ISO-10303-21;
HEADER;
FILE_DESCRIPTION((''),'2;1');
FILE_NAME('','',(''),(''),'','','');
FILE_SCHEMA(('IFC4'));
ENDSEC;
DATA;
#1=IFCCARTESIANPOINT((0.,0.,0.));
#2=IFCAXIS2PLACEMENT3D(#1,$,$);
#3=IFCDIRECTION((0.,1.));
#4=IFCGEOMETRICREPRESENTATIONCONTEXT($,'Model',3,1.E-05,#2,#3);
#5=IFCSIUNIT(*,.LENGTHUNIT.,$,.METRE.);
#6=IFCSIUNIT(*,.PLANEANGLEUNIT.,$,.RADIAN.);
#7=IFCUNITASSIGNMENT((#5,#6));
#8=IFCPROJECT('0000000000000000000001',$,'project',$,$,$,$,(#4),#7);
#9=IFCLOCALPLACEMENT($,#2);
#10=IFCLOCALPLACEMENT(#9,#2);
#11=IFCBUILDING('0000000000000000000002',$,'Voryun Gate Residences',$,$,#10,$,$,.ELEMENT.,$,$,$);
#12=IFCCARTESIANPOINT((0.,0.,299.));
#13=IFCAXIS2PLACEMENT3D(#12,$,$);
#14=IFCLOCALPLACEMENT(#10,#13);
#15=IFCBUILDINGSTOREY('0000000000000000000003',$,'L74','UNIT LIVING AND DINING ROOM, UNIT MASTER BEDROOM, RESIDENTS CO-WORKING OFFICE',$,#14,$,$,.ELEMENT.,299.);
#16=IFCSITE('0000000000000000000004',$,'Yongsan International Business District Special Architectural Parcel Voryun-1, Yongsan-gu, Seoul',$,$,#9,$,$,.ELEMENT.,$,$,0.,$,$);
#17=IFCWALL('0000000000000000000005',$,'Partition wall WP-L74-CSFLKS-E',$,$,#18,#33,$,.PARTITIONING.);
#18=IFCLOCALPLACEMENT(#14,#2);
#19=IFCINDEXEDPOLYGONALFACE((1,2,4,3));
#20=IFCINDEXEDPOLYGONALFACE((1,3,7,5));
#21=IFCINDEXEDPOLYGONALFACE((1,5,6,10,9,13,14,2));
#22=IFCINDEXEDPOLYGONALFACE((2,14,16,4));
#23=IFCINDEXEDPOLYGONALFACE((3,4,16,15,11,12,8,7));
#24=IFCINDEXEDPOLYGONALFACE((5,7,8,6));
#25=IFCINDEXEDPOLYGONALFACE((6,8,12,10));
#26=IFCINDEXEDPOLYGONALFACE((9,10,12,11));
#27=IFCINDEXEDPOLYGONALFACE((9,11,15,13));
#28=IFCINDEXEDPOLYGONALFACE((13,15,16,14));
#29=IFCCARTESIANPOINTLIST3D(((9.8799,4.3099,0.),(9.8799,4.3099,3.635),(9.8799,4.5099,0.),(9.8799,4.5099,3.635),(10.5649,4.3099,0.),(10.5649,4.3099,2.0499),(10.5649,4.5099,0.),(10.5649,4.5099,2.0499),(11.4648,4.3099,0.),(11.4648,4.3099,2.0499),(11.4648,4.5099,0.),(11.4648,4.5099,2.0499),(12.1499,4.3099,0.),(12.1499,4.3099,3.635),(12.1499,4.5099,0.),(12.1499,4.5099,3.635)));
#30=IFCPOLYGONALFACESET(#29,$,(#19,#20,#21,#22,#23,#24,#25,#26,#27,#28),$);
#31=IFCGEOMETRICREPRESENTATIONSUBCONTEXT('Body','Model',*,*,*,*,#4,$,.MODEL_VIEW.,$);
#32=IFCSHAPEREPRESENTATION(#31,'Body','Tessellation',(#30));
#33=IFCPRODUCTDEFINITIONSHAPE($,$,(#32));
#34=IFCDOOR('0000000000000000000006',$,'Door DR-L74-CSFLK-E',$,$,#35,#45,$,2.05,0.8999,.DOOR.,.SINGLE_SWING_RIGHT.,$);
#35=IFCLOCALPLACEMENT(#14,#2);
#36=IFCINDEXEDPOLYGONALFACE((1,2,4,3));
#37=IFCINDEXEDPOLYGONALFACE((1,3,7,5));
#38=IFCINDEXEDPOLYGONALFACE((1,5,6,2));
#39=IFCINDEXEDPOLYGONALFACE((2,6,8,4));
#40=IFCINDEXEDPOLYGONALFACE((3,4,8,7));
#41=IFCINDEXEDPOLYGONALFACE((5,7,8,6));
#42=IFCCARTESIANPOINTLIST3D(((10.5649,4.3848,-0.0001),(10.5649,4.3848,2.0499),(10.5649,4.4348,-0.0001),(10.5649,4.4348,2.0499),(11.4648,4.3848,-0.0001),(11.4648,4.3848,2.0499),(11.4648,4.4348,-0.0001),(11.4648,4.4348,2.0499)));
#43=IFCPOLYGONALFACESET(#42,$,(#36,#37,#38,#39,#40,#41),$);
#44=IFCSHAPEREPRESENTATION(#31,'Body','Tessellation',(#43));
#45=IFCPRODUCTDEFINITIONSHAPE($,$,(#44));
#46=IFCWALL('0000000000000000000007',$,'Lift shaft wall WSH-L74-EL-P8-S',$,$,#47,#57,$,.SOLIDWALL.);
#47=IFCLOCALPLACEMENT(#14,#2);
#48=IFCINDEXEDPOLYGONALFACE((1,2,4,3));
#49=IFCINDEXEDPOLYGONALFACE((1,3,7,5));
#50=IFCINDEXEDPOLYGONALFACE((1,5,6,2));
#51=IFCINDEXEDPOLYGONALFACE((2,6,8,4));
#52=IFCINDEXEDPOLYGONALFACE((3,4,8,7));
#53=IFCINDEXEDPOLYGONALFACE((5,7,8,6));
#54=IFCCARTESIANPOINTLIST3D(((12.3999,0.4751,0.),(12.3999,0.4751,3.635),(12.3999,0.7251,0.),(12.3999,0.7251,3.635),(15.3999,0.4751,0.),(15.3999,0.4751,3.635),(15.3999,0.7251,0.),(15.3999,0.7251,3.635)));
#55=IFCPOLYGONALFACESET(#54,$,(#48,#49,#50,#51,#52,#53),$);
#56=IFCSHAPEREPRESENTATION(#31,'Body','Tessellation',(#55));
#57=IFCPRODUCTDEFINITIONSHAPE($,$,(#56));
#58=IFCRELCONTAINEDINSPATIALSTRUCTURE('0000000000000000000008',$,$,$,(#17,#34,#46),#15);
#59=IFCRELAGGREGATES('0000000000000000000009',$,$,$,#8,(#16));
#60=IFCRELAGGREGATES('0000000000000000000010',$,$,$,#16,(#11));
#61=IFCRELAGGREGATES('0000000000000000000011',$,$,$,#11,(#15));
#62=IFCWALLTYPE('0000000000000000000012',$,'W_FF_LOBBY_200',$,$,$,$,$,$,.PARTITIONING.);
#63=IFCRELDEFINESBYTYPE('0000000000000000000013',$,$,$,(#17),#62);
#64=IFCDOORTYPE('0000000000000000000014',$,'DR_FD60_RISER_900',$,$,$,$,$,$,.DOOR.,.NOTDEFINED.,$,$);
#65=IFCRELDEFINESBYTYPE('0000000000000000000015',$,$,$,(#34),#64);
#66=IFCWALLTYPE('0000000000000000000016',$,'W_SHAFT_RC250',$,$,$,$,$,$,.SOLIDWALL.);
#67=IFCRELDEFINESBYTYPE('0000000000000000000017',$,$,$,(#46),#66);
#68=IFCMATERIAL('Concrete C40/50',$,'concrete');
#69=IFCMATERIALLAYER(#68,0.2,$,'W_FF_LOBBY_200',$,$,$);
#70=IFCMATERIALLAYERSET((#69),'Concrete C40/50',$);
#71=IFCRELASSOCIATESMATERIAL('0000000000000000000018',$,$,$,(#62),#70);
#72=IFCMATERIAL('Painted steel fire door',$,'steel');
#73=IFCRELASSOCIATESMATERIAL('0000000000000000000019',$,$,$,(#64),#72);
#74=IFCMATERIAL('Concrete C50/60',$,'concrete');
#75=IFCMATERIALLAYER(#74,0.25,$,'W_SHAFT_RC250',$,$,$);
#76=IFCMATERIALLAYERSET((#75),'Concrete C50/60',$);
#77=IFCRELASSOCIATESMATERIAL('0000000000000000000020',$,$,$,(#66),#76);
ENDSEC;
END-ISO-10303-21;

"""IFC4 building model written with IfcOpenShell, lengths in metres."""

from ifc_helpers import new_model, si_unit, direction, frame, frame_2d, origin, place, context, subcontext, project, spatial, rectangle, extrude, material, layer, layer_set, type_object, element, fill, save


model = new_model("IFC4")

# Units and contexts
model_context = context("Model", 3, precision=1e-05, world=origin(), true_north=direction((0.0, 1.0)))
body_context = subcontext(model_context, "Body", "Model", "MODEL_VIEW")
ifc_project = project(units=[si_unit("LENGTHUNIT", "METRE"), si_unit("PLANEANGLEUNIT", "RADIAN")], contexts=[model_context])

# Site, building, storey
site_placement = place(None, origin())
site = spatial("IfcSite", under=ifc_project, at=site_placement, Name="Yongsan International Business District Special Architectural Parcel Voryun-1, Yongsan-gu, Seoul", CompositionType="ELEMENT", RefElevation=0.0)
building_placement = place(site_placement, origin())
building = spatial("IfcBuilding", under=site, at=building_placement, Name="Voryun Gate Residences", CompositionType="ELEMENT")
storey_placement = place(building_placement, frame((0.0, 0.0, 299.0)))
storey = spatial("IfcBuildingStorey", under=building, at=storey_placement, Name="L74", Description="UNIT LIVING AND DINING ROOM, UNIT MASTER BEDROOM, RESIDENTS CO-WORKING OFFICE", CompositionType="ELEMENT", Elevation=299.0)

# Shared definitions
ifc_material_1 = material(Name="Concrete C40/50", Category="concrete")
ifc_layer_1 = layer(ifc_material_1, 0.2, Name="W_FF_LOBBY_200")
ifc_layer_set_1 = layer_set([ifc_layer_1], Name="Concrete C40/50")
wall_type_1 = type_object("IfcWallType", Name="W_FF_LOBBY_200", PredefinedType="PARTITIONING", material=ifc_layer_set_1)

# Wall, opening, door
wall_1_placement = place(storey_placement, frame((9.8799, 4.4099, 0.0), z_axis=(0.0, 0.0, 1.0), x_axis=(1.0, 0.0, 0.0)))
wall_1 = element("IfcWall", 1, at=wall_1_placement, inside=storey, type_object=wall_type_1, Name="Partition wall WP-L74-CSFLKS-E", PredefinedType="PARTITIONING", context=body_context, shape_type="SweptSolid", body=[
    extrude(rectangle(XDim=2.27, YDim=0.2, at=frame_2d((1.135, 0.0))), origin(), (0.0, 0.0, 1.0), 3.635),
])
opening_1_placement = place(wall_1_placement, frame((0.6851, 0.0, 0.0)))
opening_1 = element("IfcOpeningElement", 2, at=opening_1_placement, cuts=wall_1, PredefinedType="OPENING", context=body_context, shape_type="SweptSolid", body=[
    extrude(rectangle(XDim=0.8999, YDim=2.05, at=frame_2d((0.45, 1.0249))), frame((0.0, 0.1101, 0.0), z_axis=(0.0, -1.0, 0.0), x_axis=(1.0, 0.0, 0.0)), (0.0, 0.0, 1.0), 0.22),
])
ifc_material_2 = material(Name="Painted steel fire door", Category="steel")
door_type_1 = type_object("IfcDoorType", Name="DR_FD60_RISER_900", OperationType="NOTDEFINED", PredefinedType="DOOR", material=ifc_material_2)
door_1_placement = place(opening_1_placement, origin())
door_1 = element("IfcDoor", 3, at=door_1_placement, inside=storey, type_object=door_type_1, Name="Door DR-L74-CSFLK-E", OperationType="SINGLE_SWING_RIGHT", OverallHeight=2.05, OverallWidth=0.8999, PredefinedType="DOOR", context=body_context, shape_type="SweptSolid", body=[
    extrude(rectangle(XDim=0.8999, YDim=2.05, at=frame_2d((0.45, 1.0249))), frame((0.0, 0.0249, 0.0), z_axis=(0.0, -1.0, 0.0), x_axis=(1.0, 0.0, 0.0)), (0.0, 0.0, 1.0), 0.05),
])
fill(opening_1, door_1)

# Wall
ifc_material_3 = material(Name="Concrete C50/60", Category="concrete")
ifc_layer_2 = layer(ifc_material_3, 0.25, Name="W_SHAFT_RC250")
ifc_layer_set_2 = layer_set([ifc_layer_2], Name="Concrete C50/60")
wall_type_2 = type_object("IfcWallType", Name="W_SHAFT_RC250", PredefinedType="SOLIDWALL", material=ifc_layer_set_2)
wall_2_placement = place(storey_placement, frame((12.3999, 0.6001, 0.0), z_axis=(0.0, 0.0, 1.0), x_axis=(1.0, 0.0, 0.0)))
element("IfcWall", 4, at=wall_2_placement, inside=storey, type_object=wall_type_2, Name="Lift shaft wall WSH-L74-EL-P8-S", PredefinedType="SOLIDWALL", context=body_context, shape_type="SweptSolid", body=[
    extrude(rectangle(XDim=3.0, YDim=0.25, at=frame_2d((1.5, 0.0))), origin(), (0.0, 0.0, 1.0), 3.635),
])

save(model, "model.ifc")
